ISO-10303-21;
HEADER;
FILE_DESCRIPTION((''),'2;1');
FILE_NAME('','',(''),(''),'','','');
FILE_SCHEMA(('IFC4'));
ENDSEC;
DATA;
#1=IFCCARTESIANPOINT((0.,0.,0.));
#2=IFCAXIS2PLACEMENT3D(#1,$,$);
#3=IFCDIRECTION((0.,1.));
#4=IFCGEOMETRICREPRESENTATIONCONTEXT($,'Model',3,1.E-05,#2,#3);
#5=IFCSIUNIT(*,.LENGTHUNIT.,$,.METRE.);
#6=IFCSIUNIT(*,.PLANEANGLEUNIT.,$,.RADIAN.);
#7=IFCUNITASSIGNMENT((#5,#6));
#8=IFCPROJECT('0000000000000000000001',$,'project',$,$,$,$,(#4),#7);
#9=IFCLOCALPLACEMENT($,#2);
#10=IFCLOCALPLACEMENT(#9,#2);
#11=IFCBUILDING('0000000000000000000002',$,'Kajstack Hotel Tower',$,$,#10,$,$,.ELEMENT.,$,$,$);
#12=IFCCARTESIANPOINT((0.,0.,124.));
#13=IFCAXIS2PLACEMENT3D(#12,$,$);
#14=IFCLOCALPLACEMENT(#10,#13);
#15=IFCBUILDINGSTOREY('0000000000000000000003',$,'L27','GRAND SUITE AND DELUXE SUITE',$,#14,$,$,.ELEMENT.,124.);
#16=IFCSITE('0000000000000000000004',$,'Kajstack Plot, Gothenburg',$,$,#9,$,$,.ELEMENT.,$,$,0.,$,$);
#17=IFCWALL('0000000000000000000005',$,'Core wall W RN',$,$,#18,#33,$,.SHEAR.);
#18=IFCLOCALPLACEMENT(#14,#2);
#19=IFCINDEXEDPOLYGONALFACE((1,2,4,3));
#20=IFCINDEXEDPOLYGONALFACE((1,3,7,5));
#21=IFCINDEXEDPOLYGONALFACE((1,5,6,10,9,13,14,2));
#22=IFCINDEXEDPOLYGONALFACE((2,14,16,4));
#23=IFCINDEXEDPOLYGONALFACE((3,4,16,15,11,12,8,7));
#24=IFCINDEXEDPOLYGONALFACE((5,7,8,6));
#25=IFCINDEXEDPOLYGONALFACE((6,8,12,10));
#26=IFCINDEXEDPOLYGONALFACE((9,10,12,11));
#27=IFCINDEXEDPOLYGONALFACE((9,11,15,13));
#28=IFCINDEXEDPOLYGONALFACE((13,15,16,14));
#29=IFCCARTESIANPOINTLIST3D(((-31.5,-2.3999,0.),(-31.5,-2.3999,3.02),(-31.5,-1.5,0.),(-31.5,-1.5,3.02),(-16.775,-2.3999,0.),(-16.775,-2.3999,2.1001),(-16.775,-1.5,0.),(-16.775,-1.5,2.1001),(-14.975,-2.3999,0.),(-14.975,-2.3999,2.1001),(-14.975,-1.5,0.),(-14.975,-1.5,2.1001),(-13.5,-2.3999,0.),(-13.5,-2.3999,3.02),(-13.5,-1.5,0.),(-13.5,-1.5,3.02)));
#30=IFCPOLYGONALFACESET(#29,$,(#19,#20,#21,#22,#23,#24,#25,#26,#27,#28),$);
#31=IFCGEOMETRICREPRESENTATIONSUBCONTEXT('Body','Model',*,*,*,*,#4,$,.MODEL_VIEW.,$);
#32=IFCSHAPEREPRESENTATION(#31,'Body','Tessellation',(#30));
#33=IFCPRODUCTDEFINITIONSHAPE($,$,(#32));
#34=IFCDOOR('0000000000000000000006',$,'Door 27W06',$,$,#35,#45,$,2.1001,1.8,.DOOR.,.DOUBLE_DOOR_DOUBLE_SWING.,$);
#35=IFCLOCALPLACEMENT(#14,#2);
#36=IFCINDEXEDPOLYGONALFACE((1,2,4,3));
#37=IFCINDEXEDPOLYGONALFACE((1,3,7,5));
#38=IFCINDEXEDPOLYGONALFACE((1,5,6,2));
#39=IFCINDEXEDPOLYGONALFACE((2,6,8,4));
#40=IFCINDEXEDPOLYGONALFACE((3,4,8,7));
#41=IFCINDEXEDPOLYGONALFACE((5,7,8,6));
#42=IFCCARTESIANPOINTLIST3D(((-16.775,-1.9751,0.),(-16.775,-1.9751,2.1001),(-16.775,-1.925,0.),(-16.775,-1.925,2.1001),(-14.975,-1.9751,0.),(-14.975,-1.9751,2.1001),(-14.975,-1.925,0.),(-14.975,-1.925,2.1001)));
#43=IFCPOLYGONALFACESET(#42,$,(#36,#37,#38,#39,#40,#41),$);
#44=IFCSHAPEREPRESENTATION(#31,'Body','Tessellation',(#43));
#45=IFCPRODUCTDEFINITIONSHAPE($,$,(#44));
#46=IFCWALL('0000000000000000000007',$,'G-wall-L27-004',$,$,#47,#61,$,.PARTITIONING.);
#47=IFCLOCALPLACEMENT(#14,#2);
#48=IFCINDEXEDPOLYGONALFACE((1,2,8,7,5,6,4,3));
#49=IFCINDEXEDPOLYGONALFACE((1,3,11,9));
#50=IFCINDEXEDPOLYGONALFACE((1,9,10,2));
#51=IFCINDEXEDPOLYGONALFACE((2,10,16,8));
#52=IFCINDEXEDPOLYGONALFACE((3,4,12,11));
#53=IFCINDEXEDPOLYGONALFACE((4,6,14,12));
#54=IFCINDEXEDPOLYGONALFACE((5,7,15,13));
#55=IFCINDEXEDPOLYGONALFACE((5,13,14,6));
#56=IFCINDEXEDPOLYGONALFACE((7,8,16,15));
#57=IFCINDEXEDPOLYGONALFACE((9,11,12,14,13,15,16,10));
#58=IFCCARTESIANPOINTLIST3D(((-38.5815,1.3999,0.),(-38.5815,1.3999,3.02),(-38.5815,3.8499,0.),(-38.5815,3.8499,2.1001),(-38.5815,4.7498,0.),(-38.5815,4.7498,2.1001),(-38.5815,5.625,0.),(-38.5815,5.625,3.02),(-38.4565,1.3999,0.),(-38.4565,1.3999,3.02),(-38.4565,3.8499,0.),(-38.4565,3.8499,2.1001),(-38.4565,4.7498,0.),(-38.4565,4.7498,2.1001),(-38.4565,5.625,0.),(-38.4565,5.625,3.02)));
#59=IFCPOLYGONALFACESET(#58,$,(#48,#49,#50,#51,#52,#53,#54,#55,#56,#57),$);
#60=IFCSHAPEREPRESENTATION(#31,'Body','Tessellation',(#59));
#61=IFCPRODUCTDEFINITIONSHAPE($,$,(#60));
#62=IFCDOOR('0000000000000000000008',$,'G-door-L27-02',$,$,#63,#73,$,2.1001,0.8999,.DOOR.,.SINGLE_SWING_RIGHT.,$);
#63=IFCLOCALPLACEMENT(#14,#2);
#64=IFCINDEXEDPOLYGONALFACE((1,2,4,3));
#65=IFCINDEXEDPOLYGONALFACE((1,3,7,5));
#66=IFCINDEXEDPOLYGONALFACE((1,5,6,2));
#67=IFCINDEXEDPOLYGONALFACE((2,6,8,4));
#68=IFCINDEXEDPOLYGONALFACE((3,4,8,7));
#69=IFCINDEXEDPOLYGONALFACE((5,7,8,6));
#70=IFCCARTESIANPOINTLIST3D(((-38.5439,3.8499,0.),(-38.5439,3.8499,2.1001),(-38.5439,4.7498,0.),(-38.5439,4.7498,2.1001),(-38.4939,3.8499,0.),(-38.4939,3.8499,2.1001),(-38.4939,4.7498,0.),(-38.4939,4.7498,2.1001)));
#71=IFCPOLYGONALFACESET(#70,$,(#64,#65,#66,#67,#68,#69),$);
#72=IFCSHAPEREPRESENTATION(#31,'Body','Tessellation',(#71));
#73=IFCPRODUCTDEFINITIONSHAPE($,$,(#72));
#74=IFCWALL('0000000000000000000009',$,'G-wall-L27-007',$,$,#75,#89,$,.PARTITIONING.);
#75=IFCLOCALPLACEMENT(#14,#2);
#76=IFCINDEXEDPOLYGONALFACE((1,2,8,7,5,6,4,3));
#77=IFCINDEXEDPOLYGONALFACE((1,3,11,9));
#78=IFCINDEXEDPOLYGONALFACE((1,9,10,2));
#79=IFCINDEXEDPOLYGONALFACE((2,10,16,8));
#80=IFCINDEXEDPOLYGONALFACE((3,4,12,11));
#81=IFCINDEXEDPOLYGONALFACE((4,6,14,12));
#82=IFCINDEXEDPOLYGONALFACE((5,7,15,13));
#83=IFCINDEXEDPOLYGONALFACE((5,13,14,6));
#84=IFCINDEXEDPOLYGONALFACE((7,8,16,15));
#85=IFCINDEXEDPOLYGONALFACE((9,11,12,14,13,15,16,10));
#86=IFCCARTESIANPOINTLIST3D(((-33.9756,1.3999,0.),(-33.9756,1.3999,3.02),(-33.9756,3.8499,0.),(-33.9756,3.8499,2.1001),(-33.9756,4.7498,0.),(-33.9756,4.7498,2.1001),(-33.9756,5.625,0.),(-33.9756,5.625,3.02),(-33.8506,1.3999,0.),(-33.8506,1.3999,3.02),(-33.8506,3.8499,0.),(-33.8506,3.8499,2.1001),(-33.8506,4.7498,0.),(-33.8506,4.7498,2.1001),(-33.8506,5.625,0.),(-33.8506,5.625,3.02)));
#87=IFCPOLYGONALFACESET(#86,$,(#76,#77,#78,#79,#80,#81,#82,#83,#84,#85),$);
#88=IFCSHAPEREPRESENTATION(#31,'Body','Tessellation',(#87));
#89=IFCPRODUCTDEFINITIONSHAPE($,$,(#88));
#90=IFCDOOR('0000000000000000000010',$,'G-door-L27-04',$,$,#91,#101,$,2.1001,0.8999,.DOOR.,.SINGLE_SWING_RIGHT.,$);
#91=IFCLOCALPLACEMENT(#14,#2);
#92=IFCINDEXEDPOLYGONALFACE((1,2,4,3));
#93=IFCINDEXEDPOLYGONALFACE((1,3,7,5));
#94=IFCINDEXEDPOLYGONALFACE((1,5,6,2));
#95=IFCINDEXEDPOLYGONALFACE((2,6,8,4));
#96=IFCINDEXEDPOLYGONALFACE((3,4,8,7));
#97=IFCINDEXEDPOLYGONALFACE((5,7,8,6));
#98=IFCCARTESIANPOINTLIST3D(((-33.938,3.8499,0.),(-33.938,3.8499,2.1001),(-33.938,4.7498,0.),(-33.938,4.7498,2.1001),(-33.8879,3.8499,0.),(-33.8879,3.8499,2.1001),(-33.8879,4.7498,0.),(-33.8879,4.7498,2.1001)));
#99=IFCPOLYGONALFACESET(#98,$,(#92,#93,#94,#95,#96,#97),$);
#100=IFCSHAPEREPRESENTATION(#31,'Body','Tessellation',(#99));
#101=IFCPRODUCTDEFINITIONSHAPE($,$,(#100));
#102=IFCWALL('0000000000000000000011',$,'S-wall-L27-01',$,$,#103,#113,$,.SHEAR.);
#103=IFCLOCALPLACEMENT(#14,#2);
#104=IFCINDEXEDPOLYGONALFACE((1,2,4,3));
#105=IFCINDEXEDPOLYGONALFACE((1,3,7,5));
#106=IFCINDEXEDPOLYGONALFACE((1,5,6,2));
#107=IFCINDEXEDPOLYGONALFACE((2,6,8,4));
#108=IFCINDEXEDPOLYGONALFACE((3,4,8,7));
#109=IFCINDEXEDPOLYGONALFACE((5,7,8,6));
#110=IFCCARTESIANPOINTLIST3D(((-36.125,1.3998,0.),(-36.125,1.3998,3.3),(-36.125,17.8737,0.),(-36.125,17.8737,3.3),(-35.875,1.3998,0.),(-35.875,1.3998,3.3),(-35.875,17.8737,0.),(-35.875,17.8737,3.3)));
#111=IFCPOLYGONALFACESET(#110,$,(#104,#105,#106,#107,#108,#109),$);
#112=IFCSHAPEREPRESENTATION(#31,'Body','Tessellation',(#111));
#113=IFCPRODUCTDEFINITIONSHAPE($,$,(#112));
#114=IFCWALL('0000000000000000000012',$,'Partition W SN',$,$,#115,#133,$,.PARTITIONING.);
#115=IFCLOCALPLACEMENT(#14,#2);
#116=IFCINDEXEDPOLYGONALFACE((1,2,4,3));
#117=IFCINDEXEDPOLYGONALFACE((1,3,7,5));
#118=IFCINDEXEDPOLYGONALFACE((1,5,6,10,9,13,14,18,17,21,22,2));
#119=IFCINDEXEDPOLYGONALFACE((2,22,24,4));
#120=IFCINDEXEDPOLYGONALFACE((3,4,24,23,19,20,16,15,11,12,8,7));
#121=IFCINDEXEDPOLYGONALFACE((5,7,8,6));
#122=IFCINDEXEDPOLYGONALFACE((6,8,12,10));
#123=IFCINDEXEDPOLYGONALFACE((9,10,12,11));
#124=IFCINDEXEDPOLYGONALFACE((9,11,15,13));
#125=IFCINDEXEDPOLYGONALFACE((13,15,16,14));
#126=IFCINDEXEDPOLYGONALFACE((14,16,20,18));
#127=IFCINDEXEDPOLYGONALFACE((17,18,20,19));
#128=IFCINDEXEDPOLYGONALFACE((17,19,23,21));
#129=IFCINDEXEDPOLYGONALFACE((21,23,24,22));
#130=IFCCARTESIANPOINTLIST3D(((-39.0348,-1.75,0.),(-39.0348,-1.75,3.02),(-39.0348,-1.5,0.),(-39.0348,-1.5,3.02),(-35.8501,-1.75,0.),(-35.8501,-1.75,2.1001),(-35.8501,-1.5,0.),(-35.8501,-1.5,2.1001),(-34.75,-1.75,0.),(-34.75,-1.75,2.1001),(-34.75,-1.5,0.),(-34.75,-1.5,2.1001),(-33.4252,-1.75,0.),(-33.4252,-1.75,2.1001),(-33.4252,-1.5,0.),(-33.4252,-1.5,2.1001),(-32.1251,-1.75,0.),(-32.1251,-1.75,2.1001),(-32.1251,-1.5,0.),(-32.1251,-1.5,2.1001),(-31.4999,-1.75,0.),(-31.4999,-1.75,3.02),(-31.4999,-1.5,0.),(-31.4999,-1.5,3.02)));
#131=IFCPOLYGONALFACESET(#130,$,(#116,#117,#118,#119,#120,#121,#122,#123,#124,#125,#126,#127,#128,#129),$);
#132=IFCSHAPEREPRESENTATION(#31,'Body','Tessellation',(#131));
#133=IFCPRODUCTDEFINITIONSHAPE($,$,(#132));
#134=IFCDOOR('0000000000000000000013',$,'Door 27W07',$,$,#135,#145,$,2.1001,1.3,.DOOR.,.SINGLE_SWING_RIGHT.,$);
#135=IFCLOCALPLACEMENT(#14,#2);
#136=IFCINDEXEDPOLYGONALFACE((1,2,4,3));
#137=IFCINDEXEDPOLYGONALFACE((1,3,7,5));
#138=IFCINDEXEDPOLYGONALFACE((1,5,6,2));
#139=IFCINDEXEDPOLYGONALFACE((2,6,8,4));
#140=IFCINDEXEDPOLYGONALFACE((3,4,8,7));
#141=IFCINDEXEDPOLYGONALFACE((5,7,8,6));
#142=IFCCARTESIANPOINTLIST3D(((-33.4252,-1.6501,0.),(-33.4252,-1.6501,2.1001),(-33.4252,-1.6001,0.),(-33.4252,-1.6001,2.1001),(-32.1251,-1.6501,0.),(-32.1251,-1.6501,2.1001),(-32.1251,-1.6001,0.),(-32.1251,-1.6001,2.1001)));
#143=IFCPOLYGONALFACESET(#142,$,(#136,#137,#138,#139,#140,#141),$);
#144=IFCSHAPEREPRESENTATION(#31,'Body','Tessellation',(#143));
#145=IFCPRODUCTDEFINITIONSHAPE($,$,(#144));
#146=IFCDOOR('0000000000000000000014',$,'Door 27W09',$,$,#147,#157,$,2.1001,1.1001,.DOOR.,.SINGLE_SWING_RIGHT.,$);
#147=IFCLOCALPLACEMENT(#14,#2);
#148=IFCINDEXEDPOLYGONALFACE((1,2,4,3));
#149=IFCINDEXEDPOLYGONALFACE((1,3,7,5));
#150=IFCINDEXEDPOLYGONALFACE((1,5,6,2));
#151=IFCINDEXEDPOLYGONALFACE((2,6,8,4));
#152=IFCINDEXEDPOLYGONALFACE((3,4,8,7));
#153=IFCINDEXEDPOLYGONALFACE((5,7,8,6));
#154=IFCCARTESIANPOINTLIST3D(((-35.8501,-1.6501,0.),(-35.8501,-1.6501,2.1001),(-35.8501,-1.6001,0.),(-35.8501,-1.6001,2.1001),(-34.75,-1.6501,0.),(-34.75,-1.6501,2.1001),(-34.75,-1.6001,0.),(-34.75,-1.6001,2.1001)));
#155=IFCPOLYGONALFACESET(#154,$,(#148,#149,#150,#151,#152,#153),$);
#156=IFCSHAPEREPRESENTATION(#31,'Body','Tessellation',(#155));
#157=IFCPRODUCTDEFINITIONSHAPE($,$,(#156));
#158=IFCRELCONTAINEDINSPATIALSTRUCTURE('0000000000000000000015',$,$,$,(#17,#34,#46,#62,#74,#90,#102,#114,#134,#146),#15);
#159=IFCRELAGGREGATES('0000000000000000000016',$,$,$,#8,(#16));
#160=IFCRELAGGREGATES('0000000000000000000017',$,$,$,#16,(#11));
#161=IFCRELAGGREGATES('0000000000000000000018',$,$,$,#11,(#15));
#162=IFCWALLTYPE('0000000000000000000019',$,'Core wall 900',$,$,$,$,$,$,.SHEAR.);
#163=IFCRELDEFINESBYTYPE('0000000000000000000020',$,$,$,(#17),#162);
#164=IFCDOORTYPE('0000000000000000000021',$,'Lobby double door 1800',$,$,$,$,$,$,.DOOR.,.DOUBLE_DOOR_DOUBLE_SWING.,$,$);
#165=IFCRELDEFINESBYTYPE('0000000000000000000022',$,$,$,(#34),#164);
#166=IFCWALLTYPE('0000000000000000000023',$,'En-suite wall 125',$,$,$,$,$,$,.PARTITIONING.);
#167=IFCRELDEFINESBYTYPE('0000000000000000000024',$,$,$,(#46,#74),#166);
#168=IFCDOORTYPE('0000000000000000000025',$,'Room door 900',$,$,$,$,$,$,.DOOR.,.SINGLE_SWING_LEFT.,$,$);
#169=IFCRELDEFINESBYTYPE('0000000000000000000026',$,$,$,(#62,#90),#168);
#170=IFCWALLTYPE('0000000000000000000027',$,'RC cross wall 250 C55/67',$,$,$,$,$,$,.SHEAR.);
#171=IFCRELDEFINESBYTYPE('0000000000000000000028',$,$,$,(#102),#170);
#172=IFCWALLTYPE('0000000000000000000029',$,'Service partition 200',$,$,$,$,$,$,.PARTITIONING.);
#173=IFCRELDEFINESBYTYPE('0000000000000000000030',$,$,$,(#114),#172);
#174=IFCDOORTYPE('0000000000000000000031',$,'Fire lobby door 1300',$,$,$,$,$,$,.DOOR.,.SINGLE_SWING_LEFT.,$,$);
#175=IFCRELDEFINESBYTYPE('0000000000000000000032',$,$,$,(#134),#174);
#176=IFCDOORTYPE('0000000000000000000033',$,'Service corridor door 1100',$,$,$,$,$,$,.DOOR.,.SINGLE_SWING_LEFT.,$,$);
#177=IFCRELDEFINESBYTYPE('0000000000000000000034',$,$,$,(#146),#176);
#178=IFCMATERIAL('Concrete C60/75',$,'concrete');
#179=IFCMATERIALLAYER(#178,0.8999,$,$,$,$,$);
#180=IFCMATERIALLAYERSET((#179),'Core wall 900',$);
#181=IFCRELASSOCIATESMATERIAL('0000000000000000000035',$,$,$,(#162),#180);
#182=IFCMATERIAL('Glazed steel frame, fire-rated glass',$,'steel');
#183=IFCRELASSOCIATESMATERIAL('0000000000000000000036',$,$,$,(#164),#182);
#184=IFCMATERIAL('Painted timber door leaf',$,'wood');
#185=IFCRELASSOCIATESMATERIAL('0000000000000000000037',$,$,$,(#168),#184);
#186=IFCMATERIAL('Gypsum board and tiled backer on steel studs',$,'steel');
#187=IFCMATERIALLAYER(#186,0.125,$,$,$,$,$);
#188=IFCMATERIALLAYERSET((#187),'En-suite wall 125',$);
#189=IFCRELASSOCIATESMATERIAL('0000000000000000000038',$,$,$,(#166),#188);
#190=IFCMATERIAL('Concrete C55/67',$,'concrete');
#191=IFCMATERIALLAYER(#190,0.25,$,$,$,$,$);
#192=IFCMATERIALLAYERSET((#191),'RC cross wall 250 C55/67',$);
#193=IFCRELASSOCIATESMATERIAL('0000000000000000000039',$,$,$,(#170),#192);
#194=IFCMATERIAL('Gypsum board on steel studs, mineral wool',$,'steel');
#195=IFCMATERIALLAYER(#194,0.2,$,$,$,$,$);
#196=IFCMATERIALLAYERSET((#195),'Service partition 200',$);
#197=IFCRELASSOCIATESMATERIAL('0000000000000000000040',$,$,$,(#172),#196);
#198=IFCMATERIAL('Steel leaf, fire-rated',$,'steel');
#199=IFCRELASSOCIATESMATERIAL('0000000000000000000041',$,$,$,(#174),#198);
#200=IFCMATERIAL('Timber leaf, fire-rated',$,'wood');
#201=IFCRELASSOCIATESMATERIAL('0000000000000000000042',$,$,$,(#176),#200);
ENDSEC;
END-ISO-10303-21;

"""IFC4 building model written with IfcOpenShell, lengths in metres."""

from ifc_helpers import new_model, si_unit, direction, frame, frame_2d, origin, place, context, subcontext, project, spatial, rectangle, extrude, material, layer, layer_set, type_object, element, fill, save


model = new_model("IFC4")

# Units and contexts
model_context = context("Model", 3, precision=1e-05, world=origin(), true_north=direction((0.0, 1.0)))
body_context = subcontext(model_context, "Body", "Model", "MODEL_VIEW")
ifc_project = project(units=[si_unit("LENGTHUNIT", "METRE"), si_unit("PLANEANGLEUNIT", "RADIAN")], contexts=[model_context])

# Site, building, storey
site_placement = place(None, origin())
site = spatial("IfcSite", under=ifc_project, at=site_placement, Name="Kajstack Plot, Gothenburg", CompositionType="ELEMENT", RefElevation=0.0)
building_placement = place(site_placement, origin())
building = spatial("IfcBuilding", under=site, at=building_placement, Name="Kajstack Hotel Tower", CompositionType="ELEMENT")
storey_placement = place(building_placement, frame((0.0, 0.0, 124.0)))
storey = spatial("IfcBuildingStorey", under=building, at=storey_placement, Name="L27", Description="GRAND SUITE AND DELUXE SUITE", CompositionType="ELEMENT", Elevation=124.0)

# Wall, opening, door
ifc_material_1 = material(Name="Concrete C60/75", Category="concrete")
ifc_layer_1 = layer(ifc_material_1, 0.8999)
ifc_layer_set_1 = layer_set([ifc_layer_1], Name="Core wall 900")
wall_type_1 = type_object("IfcWallType", Name="Core wall 900", PredefinedType="SHEAR", material=ifc_layer_set_1)
wall_1_placement = place(storey_placement, frame((-31.5, -1.95, 0.0), z_axis=(0.0, 0.0, 1.0), x_axis=(1.0, 0.0, 0.0)))
wall_1 = element("IfcWall", 1, at=wall_1_placement, inside=storey, type_object=wall_type_1, Name="Core wall W RN", PredefinedType="SHEAR", context=body_context, shape_type="SweptSolid", body=[
    extrude(rectangle(XDim=18.0, YDim=0.8999, at=frame_2d((9.0, 0.0))), origin(), (0.0, 0.0, 1.0), 3.02),
])
opening_1_placement = place(wall_1_placement, frame((14.7251, 0.0, 0.0)))
opening_1 = element("IfcOpeningElement", 2, at=opening_1_placement, cuts=wall_1, PredefinedType="OPENING", context=body_context, shape_type="SweptSolid", body=[
    extrude(rectangle(XDim=1.8, YDim=2.1001, at=frame_2d((0.8999, 1.05))), frame((0.0, 0.46, 0.0), z_axis=(0.0, -1.0, 0.0), x_axis=(1.0, 0.0, 0.0)), (0.0, 0.0, 1.0), 0.9199),
])
ifc_material_2 = material(Name="Glazed steel frame, fire-rated glass", Category="steel")
door_type_1 = type_object("IfcDoorType", Name="Lobby double door 1800", OperationType="DOUBLE_DOOR_DOUBLE_SWING", PredefinedType="DOOR", material=ifc_material_2)
door_1_placement = place(opening_1_placement, origin())
door_1 = element("IfcDoor", 3, at=door_1_placement, inside=storey, type_object=door_type_1, Name="Door 27W06", OperationType="DOUBLE_DOOR_DOUBLE_SWING", OverallHeight=2.1001, OverallWidth=1.8, PredefinedType="DOOR", context=body_context, shape_type="SweptSolid", body=[
    extrude(rectangle(XDim=1.8, YDim=2.1001, at=frame_2d((0.8999, 1.05))), frame((0.0, 0.0249, 0.0), z_axis=(0.0, -1.0, 0.0), x_axis=(1.0, 0.0, 0.0)), (0.0, 0.0, 1.0), 0.05),
])
fill(opening_1, door_1)

# Shared definitions
ifc_material_3 = material(Name="Gypsum board on steel studs, mineral wool", Category="steel")
ifc_material_4 = material(Name="Painted timber door leaf", Category="wood")
door_type_2 = type_object("IfcDoorType", Name="Room door 900", OperationType="SINGLE_SWING_LEFT", PredefinedType="DOOR", material=ifc_material_4)

# Walls, openings, doors
ifc_material_5 = material(Name="Gypsum board and tiled backer on steel studs", Category="steel")
ifc_layer_2 = layer(ifc_material_5, 0.125)
ifc_layer_set_2 = layer_set([ifc_layer_2], Name="En-suite wall 125")
wall_type_2 = type_object("IfcWallType", Name="En-suite wall 125", PredefinedType="PARTITIONING", material=ifc_layer_set_2)
wall_2_placement = place(storey_placement, frame((-38.519, 1.3999, 0.0), z_axis=(0.0, 0.0, 1.0), x_axis=(0.0, 1.0, 0.0)))
wall_2 = element("IfcWall", 4, at=wall_2_placement, inside=storey, type_object=wall_type_2, Name="G-wall-L27-004", PredefinedType="PARTITIONING", context=body_context, shape_type="SweptSolid", body=[
    extrude(rectangle(XDim=4.2251, YDim=0.125, at=frame_2d((2.1125, 0.0))), origin(), (0.0, 0.0, 1.0), 3.02),
])
opening_2_placement = place(wall_2_placement, frame((2.45, 0.0, 0.0)))
opening_2 = element("IfcOpeningElement", 5, at=opening_2_placement, cuts=wall_2, PredefinedType="OPENING", context=body_context, shape_type="SweptSolid", body=[
    extrude(rectangle(XDim=0.8999, YDim=2.1001, at=frame_2d((0.45, 1.05))), frame((0.0, 0.0725, 0.0), z_axis=(0.0, -1.0, 0.0), x_axis=(1.0, 0.0, 0.0)), (0.0, 0.0, 1.0), 0.145),
])
door_2_placement = place(opening_2_placement, origin())
door_2 = element("IfcDoor", 6, at=door_2_placement, inside=storey, type_object=door_type_2, Name="G-door-L27-02", OperationType="SINGLE_SWING_RIGHT", OverallHeight=2.1001, OverallWidth=0.8999, PredefinedType="DOOR", context=body_context, shape_type="SweptSolid", body=[
    extrude(rectangle(XDim=0.8999, YDim=2.1001, at=frame_2d((0.45, 1.05))), frame((0.0, 0.0249, 0.0), z_axis=(0.0, -1.0, 0.0), x_axis=(1.0, 0.0, 0.0)), (0.0, 0.0, 1.0), 0.05),
])
fill(opening_2, door_2)
wall_3_placement = place(storey_placement, frame((-33.9131, 1.3999, 0.0), z_axis=(0.0, 0.0, 1.0), x_axis=(0.0, 1.0, 0.0)))
wall_3 = element("IfcWall", 7, at=wall_3_placement, inside=storey, type_object=wall_type_2, Name="G-wall-L27-007", PredefinedType="PARTITIONING", context=body_context, shape_type="SweptSolid", body=[
    extrude(rectangle(XDim=4.2251, YDim=0.125, at=frame_2d((2.1125, 0.0))), origin(), (0.0, 0.0, 1.0), 3.02),
])
opening_3_placement = place(wall_3_placement, frame((2.45, 0.0, 0.0)))
opening_3 = element("IfcOpeningElement", 8, at=opening_3_placement, cuts=wall_3, PredefinedType="OPENING", context=body_context, shape_type="SweptSolid", body=[
    extrude(rectangle(XDim=0.8999, YDim=2.1001, at=frame_2d((0.45, 1.05))), frame((0.0, 0.0725, 0.0), z_axis=(0.0, -1.0, 0.0), x_axis=(1.0, 0.0, 0.0)), (0.0, 0.0, 1.0), 0.145),
])
door_3_placement = place(opening_3_placement, origin())
door_3 = element("IfcDoor", 9, at=door_3_placement, inside=storey, type_object=door_type_2, Name="G-door-L27-04", OperationType="SINGLE_SWING_RIGHT", OverallHeight=2.1001, OverallWidth=0.8999, PredefinedType="DOOR", context=body_context, shape_type="SweptSolid", body=[
    extrude(rectangle(XDim=0.8999, YDim=2.1001, at=frame_2d((0.45, 1.05))), frame((0.0, 0.0249, 0.0), z_axis=(0.0, -1.0, 0.0), x_axis=(1.0, 0.0, 0.0)), (0.0, 0.0, 1.0), 0.05),
])
fill(opening_3, door_3)

# Wall
ifc_material_6 = material(Name="Concrete C55/67", Category="concrete")
ifc_layer_3 = layer(ifc_material_6, 0.25)
ifc_layer_set_3 = layer_set([ifc_layer_3], Name="RC cross wall 250 C55/67")
wall_type_3 = type_object("IfcWallType", Name="RC cross wall 250 C55/67", PredefinedType="SHEAR", material=ifc_layer_set_3)
wall_4_placement = place(storey_placement, frame((-36.0, 1.3999, 0.0), z_axis=(0.0, 0.0, 1.0), x_axis=(0.0, 1.0, 0.0)))
element("IfcWall", 10, at=wall_4_placement, inside=storey, type_object=wall_type_3, Name="S-wall-L27-01", PredefinedType="SHEAR", context=body_context, shape_type="SweptSolid", body=[
    extrude(rectangle(XDim=16.4739, YDim=0.25, at=frame_2d((8.2368, 0.0))), origin(), (0.0, 0.0, 1.0), 3.3),
])

# Wall, openings, doors
ifc_layer_4 = layer(ifc_material_3, 0.2)
ifc_layer_set_4 = layer_set([ifc_layer_4], Name="Service partition 200")
wall_type_4 = type_object("IfcWallType", Name="Service partition 200", PredefinedType="PARTITIONING", material=ifc_layer_set_4)
wall_5_placement = place(storey_placement, frame((-39.0349, -1.625, 0.0), z_axis=(0.0, 0.0, 1.0), x_axis=(1.0, 0.0, 0.0)))
wall_5 = element("IfcWall", 11, at=wall_5_placement, inside=storey, type_object=wall_type_4, Name="Partition W SN", PredefinedType="PARTITIONING", context=body_context, shape_type="SweptSolid", body=[
    extrude(rectangle(XDim=7.5349, YDim=0.25, at=frame_2d((3.7676, 0.0))), origin(), (0.0, 0.0, 1.0), 3.02),
])
opening_4_placement = place(wall_5_placement, frame((5.6099, 0.0, 0.0)))
opening_4 = element("IfcOpeningElement", 12, at=opening_4_placement, cuts=wall_5, PredefinedType="OPENING", context=body_context, shape_type="SweptSolid", body=[
    extrude(rectangle(XDim=1.3, YDim=2.1001, at=frame_2d((0.6499, 1.05))), frame((0.0, 0.135, 0.0), z_axis=(0.0, -1.0, 0.0), x_axis=(1.0, 0.0, 0.0)), (0.0, 0.0, 1.0), 0.27),
])
opening_5_placement = place(wall_5_placement, frame((3.1848, 0.0, 0.0)))
opening_5 = element("IfcOpeningElement", 13, at=opening_5_placement, cuts=wall_5, PredefinedType="OPENING", context=body_context, shape_type="SweptSolid", body=[
    extrude(rectangle(XDim=1.1001, YDim=2.1001, at=frame_2d((0.55, 1.05))), frame((0.0, 0.135, 0.0), z_axis=(0.0, -1.0, 0.0), x_axis=(1.0, 0.0, 0.0)), (0.0, 0.0, 1.0), 0.27),
])
ifc_material_7 = material(Name="Steel leaf, fire-rated", Category="steel")
door_type_3 = type_object("IfcDoorType", Name="Fire lobby door 1300", OperationType="SINGLE_SWING_LEFT", PredefinedType="DOOR", material=ifc_material_7)
door_4_placement = place(opening_4_placement, origin())
door_4 = element("IfcDoor", 14, at=door_4_placement, inside=storey, type_object=door_type_3, Name="Door 27W07", OperationType="SINGLE_SWING_RIGHT", OverallHeight=2.1001, OverallWidth=1.3, PredefinedType="DOOR", context=body_context, shape_type="SweptSolid", body=[
    extrude(rectangle(XDim=1.3, YDim=2.1001, at=frame_2d((0.6499, 1.05))), frame((0.0, 0.0249, 0.0), z_axis=(0.0, -1.0, 0.0), x_axis=(1.0, 0.0, 0.0)), (0.0, 0.0, 1.0), 0.05),
])
fill(opening_4, door_4)
ifc_material_8 = material(Name="Timber leaf, fire-rated", Category="wood")
door_type_4 = type_object("IfcDoorType", Name="Service corridor door 1100", OperationType="SINGLE_SWING_LEFT", PredefinedType="DOOR", material=ifc_material_8)
door_5_placement = place(opening_5_placement, origin())
door_5 = element("IfcDoor", 15, at=door_5_placement, inside=storey, type_object=door_type_4, Name="Door 27W09", OperationType="SINGLE_SWING_RIGHT", OverallHeight=2.1001, OverallWidth=1.1001, PredefinedType="DOOR", context=body_context, shape_type="SweptSolid", body=[
    extrude(rectangle(XDim=1.1001, YDim=2.1001, at=frame_2d((0.55, 1.05))), frame((0.0, 0.0249, 0.0), z_axis=(0.0, -1.0, 0.0), x_axis=(1.0, 0.0, 0.0)), (0.0, 0.0, 1.0), 0.05),
])
fill(opening_5, door_5)

save(model, "model.ifc")
